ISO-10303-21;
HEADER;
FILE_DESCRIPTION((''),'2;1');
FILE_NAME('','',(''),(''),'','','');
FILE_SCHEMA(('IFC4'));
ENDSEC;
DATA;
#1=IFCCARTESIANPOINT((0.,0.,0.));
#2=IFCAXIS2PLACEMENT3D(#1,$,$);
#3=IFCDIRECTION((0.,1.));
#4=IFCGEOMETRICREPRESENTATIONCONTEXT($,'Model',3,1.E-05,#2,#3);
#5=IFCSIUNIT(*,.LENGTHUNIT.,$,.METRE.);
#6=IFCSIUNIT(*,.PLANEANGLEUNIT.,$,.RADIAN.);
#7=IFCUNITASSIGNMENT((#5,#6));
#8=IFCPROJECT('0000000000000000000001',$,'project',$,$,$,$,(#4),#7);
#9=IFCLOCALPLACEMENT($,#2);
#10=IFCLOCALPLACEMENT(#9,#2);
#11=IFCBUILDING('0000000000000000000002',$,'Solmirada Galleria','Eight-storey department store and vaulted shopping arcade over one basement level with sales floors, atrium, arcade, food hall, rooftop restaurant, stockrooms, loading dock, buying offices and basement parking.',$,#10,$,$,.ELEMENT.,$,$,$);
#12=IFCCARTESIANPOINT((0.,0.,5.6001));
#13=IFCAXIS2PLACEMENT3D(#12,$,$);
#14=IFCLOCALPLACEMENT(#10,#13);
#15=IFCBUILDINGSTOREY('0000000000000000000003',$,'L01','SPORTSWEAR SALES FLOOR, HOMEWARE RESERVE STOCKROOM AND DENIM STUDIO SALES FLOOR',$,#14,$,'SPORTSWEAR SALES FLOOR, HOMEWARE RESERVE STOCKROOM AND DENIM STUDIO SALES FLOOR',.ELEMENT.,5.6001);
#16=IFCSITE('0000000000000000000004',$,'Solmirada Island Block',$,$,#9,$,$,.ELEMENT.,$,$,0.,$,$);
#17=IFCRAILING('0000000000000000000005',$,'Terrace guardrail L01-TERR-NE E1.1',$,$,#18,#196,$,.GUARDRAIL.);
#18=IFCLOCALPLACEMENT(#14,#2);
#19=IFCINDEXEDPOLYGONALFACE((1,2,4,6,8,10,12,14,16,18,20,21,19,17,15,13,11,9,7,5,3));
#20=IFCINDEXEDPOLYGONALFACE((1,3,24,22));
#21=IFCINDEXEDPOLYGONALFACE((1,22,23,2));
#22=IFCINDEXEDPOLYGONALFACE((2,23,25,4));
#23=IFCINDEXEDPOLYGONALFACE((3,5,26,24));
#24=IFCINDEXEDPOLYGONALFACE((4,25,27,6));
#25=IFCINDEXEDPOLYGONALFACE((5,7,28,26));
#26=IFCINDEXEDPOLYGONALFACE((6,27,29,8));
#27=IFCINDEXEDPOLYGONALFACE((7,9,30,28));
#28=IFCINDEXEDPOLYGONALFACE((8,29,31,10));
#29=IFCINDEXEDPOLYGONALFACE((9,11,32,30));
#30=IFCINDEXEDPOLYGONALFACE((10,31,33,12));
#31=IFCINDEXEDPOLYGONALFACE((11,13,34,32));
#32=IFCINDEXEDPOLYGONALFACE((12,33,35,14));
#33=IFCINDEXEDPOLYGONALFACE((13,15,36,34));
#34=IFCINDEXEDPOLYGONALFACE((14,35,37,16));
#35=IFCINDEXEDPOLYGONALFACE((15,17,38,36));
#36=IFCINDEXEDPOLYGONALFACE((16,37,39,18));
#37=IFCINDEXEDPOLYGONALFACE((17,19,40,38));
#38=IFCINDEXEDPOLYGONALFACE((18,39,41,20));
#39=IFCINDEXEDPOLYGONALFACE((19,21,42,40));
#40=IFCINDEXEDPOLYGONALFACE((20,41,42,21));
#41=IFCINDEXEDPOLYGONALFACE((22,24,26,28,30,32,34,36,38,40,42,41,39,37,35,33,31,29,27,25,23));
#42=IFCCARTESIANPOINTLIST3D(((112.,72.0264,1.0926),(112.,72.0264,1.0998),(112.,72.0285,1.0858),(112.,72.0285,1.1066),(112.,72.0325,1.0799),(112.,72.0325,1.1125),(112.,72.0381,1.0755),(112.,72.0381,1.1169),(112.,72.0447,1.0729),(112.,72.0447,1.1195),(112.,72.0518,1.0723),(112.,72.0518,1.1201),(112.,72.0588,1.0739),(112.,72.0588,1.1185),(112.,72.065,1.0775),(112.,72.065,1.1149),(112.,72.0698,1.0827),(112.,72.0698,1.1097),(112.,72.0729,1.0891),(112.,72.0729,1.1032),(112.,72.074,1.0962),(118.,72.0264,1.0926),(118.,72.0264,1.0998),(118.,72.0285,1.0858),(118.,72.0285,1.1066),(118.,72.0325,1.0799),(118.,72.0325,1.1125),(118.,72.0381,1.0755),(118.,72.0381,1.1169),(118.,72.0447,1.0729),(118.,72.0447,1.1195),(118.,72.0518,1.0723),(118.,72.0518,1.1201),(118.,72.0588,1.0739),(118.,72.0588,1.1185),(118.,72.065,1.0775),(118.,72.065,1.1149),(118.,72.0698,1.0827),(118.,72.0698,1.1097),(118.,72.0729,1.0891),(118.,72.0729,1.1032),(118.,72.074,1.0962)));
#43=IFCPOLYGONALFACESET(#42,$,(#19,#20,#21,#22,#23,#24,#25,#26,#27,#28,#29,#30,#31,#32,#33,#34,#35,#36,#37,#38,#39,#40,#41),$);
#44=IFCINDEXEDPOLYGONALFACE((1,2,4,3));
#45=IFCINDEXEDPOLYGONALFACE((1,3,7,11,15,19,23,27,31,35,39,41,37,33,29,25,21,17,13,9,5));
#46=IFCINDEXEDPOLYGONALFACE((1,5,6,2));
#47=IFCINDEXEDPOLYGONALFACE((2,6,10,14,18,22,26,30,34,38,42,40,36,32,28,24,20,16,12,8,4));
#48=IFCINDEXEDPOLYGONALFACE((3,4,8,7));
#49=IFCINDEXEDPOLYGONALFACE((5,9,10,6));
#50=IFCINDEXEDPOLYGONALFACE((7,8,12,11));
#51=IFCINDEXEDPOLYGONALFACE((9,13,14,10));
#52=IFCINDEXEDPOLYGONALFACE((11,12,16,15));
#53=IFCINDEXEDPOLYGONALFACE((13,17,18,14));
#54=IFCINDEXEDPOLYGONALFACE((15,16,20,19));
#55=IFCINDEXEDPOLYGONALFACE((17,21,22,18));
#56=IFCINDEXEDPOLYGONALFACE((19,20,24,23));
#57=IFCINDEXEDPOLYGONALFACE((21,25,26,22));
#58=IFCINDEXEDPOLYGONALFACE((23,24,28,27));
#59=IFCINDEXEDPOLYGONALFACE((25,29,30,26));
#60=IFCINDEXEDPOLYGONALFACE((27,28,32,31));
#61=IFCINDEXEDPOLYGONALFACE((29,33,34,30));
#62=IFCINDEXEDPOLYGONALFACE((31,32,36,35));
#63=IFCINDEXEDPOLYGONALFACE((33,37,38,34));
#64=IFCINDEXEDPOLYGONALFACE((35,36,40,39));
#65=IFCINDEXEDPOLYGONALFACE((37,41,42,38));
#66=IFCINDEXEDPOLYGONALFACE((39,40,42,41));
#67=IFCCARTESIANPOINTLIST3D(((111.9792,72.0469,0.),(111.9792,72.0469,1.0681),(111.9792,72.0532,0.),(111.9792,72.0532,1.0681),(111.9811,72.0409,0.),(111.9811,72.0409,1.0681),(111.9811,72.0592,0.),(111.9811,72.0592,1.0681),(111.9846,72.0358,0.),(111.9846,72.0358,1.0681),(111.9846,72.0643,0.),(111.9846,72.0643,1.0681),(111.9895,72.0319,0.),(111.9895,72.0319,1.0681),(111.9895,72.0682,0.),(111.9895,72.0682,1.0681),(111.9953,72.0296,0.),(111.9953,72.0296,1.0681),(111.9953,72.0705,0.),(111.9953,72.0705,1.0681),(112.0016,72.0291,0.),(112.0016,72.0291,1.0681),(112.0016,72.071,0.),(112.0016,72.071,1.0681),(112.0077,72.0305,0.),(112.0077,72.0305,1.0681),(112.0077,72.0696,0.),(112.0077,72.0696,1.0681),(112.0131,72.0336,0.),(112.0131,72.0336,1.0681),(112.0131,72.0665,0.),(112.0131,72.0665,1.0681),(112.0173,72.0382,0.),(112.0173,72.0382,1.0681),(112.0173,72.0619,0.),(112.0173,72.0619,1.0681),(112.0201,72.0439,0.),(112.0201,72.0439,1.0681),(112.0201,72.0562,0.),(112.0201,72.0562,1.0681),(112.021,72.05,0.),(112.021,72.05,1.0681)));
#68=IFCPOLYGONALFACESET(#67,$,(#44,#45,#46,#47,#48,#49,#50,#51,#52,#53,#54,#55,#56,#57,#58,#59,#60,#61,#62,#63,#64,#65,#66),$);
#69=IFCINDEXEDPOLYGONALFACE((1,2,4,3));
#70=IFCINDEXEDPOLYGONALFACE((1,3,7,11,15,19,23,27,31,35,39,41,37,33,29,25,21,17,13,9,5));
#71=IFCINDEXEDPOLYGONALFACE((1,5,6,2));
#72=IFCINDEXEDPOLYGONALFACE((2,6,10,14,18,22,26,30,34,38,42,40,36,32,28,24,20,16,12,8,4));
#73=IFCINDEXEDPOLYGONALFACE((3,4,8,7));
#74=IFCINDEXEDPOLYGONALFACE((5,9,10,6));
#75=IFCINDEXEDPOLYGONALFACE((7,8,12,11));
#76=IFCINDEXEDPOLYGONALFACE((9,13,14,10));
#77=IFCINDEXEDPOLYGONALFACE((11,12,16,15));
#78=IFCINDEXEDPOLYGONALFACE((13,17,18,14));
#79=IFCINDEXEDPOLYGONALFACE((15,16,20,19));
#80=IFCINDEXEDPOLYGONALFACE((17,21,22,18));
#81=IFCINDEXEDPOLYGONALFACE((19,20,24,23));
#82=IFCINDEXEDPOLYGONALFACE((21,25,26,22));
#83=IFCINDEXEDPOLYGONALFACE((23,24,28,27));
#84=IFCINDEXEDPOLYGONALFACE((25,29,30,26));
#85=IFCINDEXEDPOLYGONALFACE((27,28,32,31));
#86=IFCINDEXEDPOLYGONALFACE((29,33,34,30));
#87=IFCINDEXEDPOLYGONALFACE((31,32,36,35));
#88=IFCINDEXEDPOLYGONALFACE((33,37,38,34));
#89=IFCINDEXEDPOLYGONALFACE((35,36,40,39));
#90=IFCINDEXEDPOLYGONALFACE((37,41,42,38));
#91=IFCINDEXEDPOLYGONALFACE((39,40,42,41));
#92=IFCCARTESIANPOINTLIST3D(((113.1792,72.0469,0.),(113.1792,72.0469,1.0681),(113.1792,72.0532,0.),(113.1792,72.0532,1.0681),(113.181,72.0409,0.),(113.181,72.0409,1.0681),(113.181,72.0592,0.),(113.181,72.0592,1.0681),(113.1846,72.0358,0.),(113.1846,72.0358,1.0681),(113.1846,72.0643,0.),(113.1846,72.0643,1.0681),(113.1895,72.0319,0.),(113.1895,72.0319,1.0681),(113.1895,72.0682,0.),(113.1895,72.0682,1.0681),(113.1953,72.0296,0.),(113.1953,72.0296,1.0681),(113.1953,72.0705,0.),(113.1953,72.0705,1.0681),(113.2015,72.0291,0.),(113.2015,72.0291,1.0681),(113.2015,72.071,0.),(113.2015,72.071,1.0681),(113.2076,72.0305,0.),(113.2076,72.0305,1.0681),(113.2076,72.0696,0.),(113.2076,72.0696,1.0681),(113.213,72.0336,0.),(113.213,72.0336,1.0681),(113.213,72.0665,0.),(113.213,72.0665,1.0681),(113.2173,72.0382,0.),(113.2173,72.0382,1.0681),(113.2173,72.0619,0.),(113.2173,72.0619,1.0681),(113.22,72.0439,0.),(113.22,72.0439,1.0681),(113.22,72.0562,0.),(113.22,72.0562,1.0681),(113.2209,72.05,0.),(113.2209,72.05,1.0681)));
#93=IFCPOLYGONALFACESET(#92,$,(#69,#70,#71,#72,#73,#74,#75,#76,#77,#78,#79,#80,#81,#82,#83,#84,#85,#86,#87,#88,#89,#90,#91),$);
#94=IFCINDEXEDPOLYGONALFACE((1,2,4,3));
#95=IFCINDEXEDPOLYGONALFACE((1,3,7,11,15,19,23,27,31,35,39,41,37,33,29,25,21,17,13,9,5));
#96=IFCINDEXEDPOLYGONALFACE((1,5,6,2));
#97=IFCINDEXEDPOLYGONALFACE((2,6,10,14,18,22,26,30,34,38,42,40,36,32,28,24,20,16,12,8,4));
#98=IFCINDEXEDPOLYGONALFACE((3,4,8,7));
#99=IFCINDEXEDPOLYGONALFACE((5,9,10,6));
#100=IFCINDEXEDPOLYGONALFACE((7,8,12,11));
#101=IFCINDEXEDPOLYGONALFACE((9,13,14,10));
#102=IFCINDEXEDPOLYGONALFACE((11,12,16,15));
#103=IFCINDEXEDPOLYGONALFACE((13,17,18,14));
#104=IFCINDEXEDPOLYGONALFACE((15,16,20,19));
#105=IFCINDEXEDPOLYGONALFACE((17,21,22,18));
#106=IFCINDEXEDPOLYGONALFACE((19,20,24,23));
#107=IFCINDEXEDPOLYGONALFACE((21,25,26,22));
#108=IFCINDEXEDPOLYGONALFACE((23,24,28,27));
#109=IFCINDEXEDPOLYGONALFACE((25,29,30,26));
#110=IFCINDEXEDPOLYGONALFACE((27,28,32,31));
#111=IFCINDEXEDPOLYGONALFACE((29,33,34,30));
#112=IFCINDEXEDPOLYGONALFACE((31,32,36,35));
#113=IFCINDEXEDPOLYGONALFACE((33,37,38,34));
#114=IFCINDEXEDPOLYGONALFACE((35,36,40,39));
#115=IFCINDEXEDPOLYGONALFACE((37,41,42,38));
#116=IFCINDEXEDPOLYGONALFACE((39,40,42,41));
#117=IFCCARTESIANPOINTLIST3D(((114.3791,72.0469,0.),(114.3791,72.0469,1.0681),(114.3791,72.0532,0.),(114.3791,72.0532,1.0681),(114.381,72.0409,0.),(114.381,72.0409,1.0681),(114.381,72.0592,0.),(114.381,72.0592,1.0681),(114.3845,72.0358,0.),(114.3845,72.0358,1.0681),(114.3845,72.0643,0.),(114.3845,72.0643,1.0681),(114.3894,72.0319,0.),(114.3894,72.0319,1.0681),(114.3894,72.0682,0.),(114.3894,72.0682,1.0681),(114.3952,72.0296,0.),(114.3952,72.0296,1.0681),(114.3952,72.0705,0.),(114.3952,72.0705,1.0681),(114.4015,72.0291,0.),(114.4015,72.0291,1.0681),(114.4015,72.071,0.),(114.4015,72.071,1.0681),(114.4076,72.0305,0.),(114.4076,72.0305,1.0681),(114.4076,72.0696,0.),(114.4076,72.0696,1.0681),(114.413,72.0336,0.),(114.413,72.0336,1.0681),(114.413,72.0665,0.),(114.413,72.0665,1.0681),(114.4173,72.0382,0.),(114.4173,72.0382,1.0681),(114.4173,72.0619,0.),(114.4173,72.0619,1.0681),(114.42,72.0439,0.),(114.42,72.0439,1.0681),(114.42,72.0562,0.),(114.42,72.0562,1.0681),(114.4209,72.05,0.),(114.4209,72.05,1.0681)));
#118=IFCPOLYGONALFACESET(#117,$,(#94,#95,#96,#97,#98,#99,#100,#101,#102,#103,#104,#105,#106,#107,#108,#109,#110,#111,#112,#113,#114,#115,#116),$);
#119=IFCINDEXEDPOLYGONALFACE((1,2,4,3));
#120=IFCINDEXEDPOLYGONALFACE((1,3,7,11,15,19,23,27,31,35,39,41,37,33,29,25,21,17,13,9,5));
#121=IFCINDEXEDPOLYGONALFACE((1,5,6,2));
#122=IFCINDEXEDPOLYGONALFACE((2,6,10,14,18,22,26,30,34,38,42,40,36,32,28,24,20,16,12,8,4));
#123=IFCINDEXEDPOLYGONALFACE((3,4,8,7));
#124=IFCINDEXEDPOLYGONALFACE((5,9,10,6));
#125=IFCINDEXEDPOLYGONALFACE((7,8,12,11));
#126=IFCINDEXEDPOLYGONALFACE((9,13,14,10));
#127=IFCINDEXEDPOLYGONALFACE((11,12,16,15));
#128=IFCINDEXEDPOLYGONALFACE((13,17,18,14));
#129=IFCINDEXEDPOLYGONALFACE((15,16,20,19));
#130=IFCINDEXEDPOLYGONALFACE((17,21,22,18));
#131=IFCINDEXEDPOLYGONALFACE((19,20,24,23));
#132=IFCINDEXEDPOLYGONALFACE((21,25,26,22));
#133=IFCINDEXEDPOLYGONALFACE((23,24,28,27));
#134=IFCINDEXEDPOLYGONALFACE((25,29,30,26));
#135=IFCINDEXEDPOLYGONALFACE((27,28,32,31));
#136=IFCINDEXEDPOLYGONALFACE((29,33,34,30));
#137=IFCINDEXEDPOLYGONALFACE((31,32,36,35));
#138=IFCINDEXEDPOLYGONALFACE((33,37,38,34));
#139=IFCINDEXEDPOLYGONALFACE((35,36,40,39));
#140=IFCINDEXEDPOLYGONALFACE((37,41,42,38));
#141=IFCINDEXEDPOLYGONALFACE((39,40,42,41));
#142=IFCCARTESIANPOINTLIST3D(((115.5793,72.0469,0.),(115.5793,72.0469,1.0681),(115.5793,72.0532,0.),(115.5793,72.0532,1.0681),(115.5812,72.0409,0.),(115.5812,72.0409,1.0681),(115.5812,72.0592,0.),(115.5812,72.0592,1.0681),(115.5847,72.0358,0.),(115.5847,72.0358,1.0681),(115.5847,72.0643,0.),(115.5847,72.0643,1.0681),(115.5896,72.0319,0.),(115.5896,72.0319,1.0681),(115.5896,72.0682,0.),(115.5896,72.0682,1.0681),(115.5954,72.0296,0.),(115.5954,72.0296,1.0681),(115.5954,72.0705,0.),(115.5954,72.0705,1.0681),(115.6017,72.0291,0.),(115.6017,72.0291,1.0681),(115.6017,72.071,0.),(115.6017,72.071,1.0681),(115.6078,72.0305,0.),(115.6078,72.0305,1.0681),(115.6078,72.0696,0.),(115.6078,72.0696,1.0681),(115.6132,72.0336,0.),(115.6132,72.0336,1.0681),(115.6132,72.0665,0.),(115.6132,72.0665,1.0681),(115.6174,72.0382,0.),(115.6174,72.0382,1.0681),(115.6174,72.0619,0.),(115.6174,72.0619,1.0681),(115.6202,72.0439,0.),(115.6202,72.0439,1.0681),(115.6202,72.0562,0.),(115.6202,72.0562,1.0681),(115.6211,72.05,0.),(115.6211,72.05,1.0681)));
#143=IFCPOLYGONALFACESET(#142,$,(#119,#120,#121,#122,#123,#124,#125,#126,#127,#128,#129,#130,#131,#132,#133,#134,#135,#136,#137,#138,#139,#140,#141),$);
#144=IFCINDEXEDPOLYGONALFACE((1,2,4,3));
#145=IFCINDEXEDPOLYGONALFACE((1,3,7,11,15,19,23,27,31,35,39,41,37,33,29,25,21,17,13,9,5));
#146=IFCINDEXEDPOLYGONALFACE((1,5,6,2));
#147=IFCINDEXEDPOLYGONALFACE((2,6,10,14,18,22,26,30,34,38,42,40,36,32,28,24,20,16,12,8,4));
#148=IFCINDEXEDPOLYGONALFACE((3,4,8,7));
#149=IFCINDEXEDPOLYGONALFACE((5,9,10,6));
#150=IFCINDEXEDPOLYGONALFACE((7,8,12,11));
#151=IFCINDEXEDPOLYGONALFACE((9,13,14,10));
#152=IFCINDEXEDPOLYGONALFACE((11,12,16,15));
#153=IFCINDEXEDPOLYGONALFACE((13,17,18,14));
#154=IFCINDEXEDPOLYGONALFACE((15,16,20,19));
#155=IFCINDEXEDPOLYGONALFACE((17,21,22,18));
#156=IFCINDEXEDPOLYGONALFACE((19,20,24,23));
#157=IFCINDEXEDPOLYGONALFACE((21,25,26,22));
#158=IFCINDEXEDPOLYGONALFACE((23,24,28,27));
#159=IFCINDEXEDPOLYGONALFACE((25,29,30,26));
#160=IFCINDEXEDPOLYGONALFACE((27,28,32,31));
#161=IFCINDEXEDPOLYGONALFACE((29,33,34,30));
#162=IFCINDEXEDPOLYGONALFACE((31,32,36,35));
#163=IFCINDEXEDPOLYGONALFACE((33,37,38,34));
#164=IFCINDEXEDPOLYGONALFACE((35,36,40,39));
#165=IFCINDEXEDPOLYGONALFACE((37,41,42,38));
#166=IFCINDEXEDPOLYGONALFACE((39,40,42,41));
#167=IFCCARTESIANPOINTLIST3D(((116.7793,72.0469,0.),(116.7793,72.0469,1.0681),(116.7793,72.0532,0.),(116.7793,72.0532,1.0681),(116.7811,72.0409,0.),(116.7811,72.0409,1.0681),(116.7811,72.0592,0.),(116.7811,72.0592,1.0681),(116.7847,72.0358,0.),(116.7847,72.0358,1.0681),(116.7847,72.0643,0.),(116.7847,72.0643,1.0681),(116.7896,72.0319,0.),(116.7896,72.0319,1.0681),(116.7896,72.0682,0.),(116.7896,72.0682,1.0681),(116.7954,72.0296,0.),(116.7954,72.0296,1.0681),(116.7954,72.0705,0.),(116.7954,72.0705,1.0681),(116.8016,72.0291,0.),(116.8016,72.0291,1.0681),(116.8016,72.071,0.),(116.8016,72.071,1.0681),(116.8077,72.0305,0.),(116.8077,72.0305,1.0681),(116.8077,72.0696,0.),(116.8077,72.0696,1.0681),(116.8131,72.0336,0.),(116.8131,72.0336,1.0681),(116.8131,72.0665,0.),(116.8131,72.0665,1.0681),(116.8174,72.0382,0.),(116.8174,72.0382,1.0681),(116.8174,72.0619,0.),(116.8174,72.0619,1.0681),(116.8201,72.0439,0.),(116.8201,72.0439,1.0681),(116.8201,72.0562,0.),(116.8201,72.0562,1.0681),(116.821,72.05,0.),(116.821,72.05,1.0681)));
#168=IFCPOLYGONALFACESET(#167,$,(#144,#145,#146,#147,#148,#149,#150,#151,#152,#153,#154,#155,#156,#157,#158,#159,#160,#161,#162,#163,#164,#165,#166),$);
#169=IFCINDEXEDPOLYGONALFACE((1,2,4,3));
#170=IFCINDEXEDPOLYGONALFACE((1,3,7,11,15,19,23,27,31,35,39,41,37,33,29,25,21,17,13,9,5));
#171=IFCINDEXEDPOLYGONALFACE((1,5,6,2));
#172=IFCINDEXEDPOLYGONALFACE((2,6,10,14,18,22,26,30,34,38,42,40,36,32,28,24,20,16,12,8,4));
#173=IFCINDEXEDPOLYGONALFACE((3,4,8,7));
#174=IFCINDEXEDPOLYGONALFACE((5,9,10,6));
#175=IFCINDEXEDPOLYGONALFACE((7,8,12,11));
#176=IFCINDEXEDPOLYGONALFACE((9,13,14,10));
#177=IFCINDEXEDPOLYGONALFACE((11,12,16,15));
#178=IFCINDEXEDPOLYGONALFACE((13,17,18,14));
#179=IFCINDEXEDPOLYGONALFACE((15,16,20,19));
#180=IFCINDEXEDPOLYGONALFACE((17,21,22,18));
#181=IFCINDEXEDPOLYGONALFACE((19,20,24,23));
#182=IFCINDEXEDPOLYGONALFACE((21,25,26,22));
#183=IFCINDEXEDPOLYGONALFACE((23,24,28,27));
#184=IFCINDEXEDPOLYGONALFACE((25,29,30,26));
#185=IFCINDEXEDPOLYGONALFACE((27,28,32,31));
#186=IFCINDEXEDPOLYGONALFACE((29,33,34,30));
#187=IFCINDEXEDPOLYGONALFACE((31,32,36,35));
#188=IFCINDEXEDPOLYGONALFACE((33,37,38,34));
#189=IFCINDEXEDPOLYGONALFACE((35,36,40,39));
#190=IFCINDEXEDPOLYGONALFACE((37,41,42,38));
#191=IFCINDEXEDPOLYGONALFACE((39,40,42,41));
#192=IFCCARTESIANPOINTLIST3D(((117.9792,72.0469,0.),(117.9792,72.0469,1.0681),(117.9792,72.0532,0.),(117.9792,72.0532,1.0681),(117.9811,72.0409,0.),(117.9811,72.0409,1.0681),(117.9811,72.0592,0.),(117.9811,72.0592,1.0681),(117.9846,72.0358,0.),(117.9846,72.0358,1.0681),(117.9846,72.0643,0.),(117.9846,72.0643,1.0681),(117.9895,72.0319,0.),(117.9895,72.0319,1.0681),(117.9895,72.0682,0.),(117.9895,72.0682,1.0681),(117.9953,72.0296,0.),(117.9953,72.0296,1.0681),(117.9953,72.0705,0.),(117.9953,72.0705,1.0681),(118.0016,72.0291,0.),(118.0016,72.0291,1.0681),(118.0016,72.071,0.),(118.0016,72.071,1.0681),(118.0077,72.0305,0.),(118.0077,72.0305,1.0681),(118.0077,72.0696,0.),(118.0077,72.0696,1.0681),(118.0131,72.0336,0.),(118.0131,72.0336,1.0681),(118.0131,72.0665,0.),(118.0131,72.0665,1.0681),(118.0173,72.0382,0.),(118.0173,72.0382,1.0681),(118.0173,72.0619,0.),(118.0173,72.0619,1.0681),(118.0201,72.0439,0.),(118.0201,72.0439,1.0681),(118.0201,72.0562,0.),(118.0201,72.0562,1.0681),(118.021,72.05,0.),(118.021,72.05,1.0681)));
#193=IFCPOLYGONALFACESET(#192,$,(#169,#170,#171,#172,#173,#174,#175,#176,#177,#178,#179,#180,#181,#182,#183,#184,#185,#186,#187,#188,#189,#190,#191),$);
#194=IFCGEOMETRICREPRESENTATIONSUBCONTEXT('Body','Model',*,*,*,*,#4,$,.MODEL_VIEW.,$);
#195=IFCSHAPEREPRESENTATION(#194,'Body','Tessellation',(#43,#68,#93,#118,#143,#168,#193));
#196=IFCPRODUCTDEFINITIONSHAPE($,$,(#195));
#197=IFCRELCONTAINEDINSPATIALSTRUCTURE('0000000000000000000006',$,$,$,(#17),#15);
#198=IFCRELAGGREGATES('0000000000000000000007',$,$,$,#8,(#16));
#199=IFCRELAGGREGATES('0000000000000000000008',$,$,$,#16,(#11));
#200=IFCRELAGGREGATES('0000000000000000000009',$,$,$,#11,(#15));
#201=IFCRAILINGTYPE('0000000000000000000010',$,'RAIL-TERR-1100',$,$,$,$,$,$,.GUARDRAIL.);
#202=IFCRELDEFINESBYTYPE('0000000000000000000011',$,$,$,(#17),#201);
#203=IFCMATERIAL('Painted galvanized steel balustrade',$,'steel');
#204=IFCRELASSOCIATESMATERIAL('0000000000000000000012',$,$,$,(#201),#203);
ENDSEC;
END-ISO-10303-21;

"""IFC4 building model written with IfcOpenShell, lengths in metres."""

from ifc_helpers import new_model, si_unit, direction, frame, origin, origin_2d, place, context, subcontext, project, spatial, circle, extrude, material, type_object, element, save


model = new_model("IFC4")

# Units and contexts
model_context = context("Model", 3, precision=1e-05, world=origin(), true_north=direction((0.0, 1.0)))
body_context = subcontext(model_context, "Body", "Model", "MODEL_VIEW")
ifc_project = project(units=[si_unit("LENGTHUNIT", "METRE"), si_unit("PLANEANGLEUNIT", "RADIAN")], contexts=[model_context])

# Site, building, storey
site_placement = place(None, origin())
site = spatial("IfcSite", under=ifc_project, at=site_placement, Name="Solmirada Island Block", CompositionType="ELEMENT", RefElevation=0.0)
building_placement = place(site_placement, origin())
building = spatial("IfcBuilding", under=site, at=building_placement, Name="Solmirada Galleria", Description="Eight-storey department store and vaulted shopping arcade over one basement level with sales floors, atrium, arcade, food hall, rooftop restaurant, stockrooms, loading dock, buying offices and basement parking.", CompositionType="ELEMENT")
storey_placement = place(building_placement, frame((0.0, 0.0, 5.6001)))
storey = spatial("IfcBuildingStorey", under=building, at=storey_placement, Name="L01", Description="SPORTSWEAR SALES FLOOR, HOMEWARE RESERVE STOCKROOM AND DENIM STUDIO SALES FLOOR", LongName="SPORTSWEAR SALES FLOOR, HOMEWARE RESERVE STOCKROOM AND DENIM STUDIO SALES FLOOR", CompositionType="ELEMENT", Elevation=5.6001)

# Railing
ifc_material_1 = material(Name="Painted galvanized steel balustrade", Category="steel")
railing_type = type_object("IfcRailingType", Name="RAIL-TERR-1100", PredefinedType="GUARDRAIL", material=ifc_material_1)
railing_1_placement = place(storey_placement, frame((112.0, 72.05, 0.0)))
element("IfcRailing", 1, at=railing_1_placement, inside=storey, type_object=railing_type, Name="Terrace guardrail L01-TERR-NE E1.1", PredefinedType="GUARDRAIL", context=body_context, shape_type="SweptSolid", body=[
    extrude(circle(Radius=0.0239, at=origin_2d()), frame((0.0, 0.0, 1.0962), z_axis=(1.0, 0.0, 0.0), x_axis=(0.0, 1.0, 0.0)), (0.0, 0.0, 1.0), 6.0),
    extrude(circle(Radius=0.021, at=origin_2d()), origin(), (0.0, 0.0, 1.0), 1.0681),
    extrude(circle(Radius=0.021, at=origin_2d()), frame((1.2, 0.0, 0.0)), (0.0, 0.0, 1.0), 1.0681),
    extrude(circle(Radius=0.021, at=origin_2d()), frame((2.3999, 0.0, 0.0)), (0.0, 0.0, 1.0), 1.0681),
    extrude(circle(Radius=0.021, at=origin_2d()), frame((3.6001, 0.0, 0.0)), (0.0, 0.0, 1.0), 1.0681),
    extrude(circle(Radius=0.021, at=origin_2d()), frame((4.8, 0.0, 0.0)), (0.0, 0.0, 1.0), 1.0681),
    extrude(circle(Radius=0.021, at=origin_2d()), frame((6.0, 0.0, 0.0)), (0.0, 0.0, 1.0), 1.0681),
])

save(model, "model.ifc")
